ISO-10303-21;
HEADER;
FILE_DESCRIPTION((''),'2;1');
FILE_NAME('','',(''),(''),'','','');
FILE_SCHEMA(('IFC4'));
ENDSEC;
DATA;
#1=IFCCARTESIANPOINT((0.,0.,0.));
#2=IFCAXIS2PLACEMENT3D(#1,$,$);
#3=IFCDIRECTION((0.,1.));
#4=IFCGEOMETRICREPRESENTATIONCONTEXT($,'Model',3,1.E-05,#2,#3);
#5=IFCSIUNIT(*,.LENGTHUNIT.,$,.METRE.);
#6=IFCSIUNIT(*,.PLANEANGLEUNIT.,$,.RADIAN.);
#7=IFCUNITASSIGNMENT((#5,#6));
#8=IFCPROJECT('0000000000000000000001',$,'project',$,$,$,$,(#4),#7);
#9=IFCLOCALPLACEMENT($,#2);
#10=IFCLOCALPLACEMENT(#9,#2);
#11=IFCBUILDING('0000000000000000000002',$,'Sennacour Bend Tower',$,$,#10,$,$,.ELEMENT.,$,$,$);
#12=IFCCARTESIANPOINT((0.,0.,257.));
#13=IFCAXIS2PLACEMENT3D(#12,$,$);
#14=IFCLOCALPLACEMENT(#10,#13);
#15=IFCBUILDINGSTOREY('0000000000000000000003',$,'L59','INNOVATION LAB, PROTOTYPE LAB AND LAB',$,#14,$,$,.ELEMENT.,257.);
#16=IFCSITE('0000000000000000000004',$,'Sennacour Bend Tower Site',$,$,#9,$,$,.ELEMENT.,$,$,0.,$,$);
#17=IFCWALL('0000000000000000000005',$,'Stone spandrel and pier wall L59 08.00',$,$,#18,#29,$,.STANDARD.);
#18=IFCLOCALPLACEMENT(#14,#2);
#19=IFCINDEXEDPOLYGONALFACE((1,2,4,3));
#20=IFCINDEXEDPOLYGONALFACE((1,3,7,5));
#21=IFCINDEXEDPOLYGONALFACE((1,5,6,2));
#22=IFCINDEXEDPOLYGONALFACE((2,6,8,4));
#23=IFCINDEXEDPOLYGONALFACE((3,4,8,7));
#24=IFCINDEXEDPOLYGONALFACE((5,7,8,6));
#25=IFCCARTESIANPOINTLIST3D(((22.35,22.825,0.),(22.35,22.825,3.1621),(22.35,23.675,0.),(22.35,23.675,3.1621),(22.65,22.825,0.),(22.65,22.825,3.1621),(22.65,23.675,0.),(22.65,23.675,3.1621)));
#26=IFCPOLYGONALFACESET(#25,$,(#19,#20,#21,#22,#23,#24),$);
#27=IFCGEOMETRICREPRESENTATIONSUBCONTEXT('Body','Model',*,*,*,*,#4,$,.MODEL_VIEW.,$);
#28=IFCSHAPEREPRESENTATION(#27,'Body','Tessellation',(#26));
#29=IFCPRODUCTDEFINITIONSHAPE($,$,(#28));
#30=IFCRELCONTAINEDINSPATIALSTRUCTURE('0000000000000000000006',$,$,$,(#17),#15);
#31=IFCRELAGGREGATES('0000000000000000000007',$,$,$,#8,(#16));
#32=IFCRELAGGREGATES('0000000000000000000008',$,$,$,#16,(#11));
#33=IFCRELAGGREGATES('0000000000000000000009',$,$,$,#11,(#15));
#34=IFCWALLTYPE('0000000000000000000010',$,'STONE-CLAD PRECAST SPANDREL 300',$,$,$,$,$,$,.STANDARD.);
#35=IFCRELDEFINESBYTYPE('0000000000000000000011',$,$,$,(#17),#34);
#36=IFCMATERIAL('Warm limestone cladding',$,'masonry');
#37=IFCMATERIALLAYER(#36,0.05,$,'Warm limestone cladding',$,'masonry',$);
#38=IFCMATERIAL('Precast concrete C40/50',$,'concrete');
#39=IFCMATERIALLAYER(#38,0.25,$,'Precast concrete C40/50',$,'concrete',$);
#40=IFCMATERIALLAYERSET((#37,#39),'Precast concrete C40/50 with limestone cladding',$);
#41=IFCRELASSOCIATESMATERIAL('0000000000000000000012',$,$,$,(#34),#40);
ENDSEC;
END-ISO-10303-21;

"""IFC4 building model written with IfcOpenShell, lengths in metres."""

from ifc_helpers import new_model, si_unit, direction, frame, frame_2d, origin, place, context, subcontext, project, spatial, rectangle, extrude, material, layer, layer_set, type_object, element, save


model = new_model("IFC4")

# Units and contexts
model_context = context("Model", 3, precision=1e-05, world=origin(), true_north=direction((0.0, 1.0)))
body_context = subcontext(model_context, "Body", "Model", "MODEL_VIEW")
ifc_project = project(units=[si_unit("LENGTHUNIT", "METRE"), si_unit("PLANEANGLEUNIT", "RADIAN")], contexts=[model_context])

# Site, building, storey
site_placement = place(None, origin())
site = spatial("IfcSite", under=ifc_project, at=site_placement, Name="Sennacour Bend Tower Site", CompositionType="ELEMENT", RefElevation=0.0)
building_placement = place(site_placement, origin())
building = spatial("IfcBuilding", under=site, at=building_placement, Name="Sennacour Bend Tower", CompositionType="ELEMENT")
storey_placement = place(building_placement, frame((0.0, 0.0, 257.0)))
storey = spatial("IfcBuildingStorey", under=building, at=storey_placement, Name="L59", Description="INNOVATION LAB, PROTOTYPE LAB AND LAB", CompositionType="ELEMENT", Elevation=257.0)

# Shared definitions
ifc_material_1 = material(Name="Warm limestone cladding", Category="masonry")
ifc_layer_1 = layer(ifc_material_1, 0.05, Name="Warm limestone cladding", Category="masonry")
ifc_material_2 = material(Name="Precast concrete C40/50", Category="concrete")
ifc_layer_2 = layer(ifc_material_2, 0.25, Name="Precast concrete C40/50", Category="concrete")
ifc_layer_set_1 = layer_set([ifc_layer_1, ifc_layer_2], Name="Precast concrete C40/50 with limestone cladding")
wall_type_1 = type_object("IfcWallType", Name="STONE-CLAD PRECAST SPANDREL 300", PredefinedType="STANDARD", material=ifc_layer_set_1)

# Wall
wall_1_placement = place(storey_placement, frame((22.5, 23.675, 0.0), z_axis=(0.0, 0.0, 1.0), x_axis=(0.0, -1.0, 0.0)))
element("IfcWall", 1, at=wall_1_placement, inside=storey, type_object=wall_type_1, Name="Stone spandrel and pier wall L59 08.00", PredefinedType="STANDARD", context=body_context, shape_type="SweptSolid", body=[
    extrude(rectangle(XDim=0.8501, YDim=0.3, at=frame_2d((0.425, 0.0))), origin(), (0.0, 0.0, 1.0), 3.1621),
])

save(model, "model.ifc")
